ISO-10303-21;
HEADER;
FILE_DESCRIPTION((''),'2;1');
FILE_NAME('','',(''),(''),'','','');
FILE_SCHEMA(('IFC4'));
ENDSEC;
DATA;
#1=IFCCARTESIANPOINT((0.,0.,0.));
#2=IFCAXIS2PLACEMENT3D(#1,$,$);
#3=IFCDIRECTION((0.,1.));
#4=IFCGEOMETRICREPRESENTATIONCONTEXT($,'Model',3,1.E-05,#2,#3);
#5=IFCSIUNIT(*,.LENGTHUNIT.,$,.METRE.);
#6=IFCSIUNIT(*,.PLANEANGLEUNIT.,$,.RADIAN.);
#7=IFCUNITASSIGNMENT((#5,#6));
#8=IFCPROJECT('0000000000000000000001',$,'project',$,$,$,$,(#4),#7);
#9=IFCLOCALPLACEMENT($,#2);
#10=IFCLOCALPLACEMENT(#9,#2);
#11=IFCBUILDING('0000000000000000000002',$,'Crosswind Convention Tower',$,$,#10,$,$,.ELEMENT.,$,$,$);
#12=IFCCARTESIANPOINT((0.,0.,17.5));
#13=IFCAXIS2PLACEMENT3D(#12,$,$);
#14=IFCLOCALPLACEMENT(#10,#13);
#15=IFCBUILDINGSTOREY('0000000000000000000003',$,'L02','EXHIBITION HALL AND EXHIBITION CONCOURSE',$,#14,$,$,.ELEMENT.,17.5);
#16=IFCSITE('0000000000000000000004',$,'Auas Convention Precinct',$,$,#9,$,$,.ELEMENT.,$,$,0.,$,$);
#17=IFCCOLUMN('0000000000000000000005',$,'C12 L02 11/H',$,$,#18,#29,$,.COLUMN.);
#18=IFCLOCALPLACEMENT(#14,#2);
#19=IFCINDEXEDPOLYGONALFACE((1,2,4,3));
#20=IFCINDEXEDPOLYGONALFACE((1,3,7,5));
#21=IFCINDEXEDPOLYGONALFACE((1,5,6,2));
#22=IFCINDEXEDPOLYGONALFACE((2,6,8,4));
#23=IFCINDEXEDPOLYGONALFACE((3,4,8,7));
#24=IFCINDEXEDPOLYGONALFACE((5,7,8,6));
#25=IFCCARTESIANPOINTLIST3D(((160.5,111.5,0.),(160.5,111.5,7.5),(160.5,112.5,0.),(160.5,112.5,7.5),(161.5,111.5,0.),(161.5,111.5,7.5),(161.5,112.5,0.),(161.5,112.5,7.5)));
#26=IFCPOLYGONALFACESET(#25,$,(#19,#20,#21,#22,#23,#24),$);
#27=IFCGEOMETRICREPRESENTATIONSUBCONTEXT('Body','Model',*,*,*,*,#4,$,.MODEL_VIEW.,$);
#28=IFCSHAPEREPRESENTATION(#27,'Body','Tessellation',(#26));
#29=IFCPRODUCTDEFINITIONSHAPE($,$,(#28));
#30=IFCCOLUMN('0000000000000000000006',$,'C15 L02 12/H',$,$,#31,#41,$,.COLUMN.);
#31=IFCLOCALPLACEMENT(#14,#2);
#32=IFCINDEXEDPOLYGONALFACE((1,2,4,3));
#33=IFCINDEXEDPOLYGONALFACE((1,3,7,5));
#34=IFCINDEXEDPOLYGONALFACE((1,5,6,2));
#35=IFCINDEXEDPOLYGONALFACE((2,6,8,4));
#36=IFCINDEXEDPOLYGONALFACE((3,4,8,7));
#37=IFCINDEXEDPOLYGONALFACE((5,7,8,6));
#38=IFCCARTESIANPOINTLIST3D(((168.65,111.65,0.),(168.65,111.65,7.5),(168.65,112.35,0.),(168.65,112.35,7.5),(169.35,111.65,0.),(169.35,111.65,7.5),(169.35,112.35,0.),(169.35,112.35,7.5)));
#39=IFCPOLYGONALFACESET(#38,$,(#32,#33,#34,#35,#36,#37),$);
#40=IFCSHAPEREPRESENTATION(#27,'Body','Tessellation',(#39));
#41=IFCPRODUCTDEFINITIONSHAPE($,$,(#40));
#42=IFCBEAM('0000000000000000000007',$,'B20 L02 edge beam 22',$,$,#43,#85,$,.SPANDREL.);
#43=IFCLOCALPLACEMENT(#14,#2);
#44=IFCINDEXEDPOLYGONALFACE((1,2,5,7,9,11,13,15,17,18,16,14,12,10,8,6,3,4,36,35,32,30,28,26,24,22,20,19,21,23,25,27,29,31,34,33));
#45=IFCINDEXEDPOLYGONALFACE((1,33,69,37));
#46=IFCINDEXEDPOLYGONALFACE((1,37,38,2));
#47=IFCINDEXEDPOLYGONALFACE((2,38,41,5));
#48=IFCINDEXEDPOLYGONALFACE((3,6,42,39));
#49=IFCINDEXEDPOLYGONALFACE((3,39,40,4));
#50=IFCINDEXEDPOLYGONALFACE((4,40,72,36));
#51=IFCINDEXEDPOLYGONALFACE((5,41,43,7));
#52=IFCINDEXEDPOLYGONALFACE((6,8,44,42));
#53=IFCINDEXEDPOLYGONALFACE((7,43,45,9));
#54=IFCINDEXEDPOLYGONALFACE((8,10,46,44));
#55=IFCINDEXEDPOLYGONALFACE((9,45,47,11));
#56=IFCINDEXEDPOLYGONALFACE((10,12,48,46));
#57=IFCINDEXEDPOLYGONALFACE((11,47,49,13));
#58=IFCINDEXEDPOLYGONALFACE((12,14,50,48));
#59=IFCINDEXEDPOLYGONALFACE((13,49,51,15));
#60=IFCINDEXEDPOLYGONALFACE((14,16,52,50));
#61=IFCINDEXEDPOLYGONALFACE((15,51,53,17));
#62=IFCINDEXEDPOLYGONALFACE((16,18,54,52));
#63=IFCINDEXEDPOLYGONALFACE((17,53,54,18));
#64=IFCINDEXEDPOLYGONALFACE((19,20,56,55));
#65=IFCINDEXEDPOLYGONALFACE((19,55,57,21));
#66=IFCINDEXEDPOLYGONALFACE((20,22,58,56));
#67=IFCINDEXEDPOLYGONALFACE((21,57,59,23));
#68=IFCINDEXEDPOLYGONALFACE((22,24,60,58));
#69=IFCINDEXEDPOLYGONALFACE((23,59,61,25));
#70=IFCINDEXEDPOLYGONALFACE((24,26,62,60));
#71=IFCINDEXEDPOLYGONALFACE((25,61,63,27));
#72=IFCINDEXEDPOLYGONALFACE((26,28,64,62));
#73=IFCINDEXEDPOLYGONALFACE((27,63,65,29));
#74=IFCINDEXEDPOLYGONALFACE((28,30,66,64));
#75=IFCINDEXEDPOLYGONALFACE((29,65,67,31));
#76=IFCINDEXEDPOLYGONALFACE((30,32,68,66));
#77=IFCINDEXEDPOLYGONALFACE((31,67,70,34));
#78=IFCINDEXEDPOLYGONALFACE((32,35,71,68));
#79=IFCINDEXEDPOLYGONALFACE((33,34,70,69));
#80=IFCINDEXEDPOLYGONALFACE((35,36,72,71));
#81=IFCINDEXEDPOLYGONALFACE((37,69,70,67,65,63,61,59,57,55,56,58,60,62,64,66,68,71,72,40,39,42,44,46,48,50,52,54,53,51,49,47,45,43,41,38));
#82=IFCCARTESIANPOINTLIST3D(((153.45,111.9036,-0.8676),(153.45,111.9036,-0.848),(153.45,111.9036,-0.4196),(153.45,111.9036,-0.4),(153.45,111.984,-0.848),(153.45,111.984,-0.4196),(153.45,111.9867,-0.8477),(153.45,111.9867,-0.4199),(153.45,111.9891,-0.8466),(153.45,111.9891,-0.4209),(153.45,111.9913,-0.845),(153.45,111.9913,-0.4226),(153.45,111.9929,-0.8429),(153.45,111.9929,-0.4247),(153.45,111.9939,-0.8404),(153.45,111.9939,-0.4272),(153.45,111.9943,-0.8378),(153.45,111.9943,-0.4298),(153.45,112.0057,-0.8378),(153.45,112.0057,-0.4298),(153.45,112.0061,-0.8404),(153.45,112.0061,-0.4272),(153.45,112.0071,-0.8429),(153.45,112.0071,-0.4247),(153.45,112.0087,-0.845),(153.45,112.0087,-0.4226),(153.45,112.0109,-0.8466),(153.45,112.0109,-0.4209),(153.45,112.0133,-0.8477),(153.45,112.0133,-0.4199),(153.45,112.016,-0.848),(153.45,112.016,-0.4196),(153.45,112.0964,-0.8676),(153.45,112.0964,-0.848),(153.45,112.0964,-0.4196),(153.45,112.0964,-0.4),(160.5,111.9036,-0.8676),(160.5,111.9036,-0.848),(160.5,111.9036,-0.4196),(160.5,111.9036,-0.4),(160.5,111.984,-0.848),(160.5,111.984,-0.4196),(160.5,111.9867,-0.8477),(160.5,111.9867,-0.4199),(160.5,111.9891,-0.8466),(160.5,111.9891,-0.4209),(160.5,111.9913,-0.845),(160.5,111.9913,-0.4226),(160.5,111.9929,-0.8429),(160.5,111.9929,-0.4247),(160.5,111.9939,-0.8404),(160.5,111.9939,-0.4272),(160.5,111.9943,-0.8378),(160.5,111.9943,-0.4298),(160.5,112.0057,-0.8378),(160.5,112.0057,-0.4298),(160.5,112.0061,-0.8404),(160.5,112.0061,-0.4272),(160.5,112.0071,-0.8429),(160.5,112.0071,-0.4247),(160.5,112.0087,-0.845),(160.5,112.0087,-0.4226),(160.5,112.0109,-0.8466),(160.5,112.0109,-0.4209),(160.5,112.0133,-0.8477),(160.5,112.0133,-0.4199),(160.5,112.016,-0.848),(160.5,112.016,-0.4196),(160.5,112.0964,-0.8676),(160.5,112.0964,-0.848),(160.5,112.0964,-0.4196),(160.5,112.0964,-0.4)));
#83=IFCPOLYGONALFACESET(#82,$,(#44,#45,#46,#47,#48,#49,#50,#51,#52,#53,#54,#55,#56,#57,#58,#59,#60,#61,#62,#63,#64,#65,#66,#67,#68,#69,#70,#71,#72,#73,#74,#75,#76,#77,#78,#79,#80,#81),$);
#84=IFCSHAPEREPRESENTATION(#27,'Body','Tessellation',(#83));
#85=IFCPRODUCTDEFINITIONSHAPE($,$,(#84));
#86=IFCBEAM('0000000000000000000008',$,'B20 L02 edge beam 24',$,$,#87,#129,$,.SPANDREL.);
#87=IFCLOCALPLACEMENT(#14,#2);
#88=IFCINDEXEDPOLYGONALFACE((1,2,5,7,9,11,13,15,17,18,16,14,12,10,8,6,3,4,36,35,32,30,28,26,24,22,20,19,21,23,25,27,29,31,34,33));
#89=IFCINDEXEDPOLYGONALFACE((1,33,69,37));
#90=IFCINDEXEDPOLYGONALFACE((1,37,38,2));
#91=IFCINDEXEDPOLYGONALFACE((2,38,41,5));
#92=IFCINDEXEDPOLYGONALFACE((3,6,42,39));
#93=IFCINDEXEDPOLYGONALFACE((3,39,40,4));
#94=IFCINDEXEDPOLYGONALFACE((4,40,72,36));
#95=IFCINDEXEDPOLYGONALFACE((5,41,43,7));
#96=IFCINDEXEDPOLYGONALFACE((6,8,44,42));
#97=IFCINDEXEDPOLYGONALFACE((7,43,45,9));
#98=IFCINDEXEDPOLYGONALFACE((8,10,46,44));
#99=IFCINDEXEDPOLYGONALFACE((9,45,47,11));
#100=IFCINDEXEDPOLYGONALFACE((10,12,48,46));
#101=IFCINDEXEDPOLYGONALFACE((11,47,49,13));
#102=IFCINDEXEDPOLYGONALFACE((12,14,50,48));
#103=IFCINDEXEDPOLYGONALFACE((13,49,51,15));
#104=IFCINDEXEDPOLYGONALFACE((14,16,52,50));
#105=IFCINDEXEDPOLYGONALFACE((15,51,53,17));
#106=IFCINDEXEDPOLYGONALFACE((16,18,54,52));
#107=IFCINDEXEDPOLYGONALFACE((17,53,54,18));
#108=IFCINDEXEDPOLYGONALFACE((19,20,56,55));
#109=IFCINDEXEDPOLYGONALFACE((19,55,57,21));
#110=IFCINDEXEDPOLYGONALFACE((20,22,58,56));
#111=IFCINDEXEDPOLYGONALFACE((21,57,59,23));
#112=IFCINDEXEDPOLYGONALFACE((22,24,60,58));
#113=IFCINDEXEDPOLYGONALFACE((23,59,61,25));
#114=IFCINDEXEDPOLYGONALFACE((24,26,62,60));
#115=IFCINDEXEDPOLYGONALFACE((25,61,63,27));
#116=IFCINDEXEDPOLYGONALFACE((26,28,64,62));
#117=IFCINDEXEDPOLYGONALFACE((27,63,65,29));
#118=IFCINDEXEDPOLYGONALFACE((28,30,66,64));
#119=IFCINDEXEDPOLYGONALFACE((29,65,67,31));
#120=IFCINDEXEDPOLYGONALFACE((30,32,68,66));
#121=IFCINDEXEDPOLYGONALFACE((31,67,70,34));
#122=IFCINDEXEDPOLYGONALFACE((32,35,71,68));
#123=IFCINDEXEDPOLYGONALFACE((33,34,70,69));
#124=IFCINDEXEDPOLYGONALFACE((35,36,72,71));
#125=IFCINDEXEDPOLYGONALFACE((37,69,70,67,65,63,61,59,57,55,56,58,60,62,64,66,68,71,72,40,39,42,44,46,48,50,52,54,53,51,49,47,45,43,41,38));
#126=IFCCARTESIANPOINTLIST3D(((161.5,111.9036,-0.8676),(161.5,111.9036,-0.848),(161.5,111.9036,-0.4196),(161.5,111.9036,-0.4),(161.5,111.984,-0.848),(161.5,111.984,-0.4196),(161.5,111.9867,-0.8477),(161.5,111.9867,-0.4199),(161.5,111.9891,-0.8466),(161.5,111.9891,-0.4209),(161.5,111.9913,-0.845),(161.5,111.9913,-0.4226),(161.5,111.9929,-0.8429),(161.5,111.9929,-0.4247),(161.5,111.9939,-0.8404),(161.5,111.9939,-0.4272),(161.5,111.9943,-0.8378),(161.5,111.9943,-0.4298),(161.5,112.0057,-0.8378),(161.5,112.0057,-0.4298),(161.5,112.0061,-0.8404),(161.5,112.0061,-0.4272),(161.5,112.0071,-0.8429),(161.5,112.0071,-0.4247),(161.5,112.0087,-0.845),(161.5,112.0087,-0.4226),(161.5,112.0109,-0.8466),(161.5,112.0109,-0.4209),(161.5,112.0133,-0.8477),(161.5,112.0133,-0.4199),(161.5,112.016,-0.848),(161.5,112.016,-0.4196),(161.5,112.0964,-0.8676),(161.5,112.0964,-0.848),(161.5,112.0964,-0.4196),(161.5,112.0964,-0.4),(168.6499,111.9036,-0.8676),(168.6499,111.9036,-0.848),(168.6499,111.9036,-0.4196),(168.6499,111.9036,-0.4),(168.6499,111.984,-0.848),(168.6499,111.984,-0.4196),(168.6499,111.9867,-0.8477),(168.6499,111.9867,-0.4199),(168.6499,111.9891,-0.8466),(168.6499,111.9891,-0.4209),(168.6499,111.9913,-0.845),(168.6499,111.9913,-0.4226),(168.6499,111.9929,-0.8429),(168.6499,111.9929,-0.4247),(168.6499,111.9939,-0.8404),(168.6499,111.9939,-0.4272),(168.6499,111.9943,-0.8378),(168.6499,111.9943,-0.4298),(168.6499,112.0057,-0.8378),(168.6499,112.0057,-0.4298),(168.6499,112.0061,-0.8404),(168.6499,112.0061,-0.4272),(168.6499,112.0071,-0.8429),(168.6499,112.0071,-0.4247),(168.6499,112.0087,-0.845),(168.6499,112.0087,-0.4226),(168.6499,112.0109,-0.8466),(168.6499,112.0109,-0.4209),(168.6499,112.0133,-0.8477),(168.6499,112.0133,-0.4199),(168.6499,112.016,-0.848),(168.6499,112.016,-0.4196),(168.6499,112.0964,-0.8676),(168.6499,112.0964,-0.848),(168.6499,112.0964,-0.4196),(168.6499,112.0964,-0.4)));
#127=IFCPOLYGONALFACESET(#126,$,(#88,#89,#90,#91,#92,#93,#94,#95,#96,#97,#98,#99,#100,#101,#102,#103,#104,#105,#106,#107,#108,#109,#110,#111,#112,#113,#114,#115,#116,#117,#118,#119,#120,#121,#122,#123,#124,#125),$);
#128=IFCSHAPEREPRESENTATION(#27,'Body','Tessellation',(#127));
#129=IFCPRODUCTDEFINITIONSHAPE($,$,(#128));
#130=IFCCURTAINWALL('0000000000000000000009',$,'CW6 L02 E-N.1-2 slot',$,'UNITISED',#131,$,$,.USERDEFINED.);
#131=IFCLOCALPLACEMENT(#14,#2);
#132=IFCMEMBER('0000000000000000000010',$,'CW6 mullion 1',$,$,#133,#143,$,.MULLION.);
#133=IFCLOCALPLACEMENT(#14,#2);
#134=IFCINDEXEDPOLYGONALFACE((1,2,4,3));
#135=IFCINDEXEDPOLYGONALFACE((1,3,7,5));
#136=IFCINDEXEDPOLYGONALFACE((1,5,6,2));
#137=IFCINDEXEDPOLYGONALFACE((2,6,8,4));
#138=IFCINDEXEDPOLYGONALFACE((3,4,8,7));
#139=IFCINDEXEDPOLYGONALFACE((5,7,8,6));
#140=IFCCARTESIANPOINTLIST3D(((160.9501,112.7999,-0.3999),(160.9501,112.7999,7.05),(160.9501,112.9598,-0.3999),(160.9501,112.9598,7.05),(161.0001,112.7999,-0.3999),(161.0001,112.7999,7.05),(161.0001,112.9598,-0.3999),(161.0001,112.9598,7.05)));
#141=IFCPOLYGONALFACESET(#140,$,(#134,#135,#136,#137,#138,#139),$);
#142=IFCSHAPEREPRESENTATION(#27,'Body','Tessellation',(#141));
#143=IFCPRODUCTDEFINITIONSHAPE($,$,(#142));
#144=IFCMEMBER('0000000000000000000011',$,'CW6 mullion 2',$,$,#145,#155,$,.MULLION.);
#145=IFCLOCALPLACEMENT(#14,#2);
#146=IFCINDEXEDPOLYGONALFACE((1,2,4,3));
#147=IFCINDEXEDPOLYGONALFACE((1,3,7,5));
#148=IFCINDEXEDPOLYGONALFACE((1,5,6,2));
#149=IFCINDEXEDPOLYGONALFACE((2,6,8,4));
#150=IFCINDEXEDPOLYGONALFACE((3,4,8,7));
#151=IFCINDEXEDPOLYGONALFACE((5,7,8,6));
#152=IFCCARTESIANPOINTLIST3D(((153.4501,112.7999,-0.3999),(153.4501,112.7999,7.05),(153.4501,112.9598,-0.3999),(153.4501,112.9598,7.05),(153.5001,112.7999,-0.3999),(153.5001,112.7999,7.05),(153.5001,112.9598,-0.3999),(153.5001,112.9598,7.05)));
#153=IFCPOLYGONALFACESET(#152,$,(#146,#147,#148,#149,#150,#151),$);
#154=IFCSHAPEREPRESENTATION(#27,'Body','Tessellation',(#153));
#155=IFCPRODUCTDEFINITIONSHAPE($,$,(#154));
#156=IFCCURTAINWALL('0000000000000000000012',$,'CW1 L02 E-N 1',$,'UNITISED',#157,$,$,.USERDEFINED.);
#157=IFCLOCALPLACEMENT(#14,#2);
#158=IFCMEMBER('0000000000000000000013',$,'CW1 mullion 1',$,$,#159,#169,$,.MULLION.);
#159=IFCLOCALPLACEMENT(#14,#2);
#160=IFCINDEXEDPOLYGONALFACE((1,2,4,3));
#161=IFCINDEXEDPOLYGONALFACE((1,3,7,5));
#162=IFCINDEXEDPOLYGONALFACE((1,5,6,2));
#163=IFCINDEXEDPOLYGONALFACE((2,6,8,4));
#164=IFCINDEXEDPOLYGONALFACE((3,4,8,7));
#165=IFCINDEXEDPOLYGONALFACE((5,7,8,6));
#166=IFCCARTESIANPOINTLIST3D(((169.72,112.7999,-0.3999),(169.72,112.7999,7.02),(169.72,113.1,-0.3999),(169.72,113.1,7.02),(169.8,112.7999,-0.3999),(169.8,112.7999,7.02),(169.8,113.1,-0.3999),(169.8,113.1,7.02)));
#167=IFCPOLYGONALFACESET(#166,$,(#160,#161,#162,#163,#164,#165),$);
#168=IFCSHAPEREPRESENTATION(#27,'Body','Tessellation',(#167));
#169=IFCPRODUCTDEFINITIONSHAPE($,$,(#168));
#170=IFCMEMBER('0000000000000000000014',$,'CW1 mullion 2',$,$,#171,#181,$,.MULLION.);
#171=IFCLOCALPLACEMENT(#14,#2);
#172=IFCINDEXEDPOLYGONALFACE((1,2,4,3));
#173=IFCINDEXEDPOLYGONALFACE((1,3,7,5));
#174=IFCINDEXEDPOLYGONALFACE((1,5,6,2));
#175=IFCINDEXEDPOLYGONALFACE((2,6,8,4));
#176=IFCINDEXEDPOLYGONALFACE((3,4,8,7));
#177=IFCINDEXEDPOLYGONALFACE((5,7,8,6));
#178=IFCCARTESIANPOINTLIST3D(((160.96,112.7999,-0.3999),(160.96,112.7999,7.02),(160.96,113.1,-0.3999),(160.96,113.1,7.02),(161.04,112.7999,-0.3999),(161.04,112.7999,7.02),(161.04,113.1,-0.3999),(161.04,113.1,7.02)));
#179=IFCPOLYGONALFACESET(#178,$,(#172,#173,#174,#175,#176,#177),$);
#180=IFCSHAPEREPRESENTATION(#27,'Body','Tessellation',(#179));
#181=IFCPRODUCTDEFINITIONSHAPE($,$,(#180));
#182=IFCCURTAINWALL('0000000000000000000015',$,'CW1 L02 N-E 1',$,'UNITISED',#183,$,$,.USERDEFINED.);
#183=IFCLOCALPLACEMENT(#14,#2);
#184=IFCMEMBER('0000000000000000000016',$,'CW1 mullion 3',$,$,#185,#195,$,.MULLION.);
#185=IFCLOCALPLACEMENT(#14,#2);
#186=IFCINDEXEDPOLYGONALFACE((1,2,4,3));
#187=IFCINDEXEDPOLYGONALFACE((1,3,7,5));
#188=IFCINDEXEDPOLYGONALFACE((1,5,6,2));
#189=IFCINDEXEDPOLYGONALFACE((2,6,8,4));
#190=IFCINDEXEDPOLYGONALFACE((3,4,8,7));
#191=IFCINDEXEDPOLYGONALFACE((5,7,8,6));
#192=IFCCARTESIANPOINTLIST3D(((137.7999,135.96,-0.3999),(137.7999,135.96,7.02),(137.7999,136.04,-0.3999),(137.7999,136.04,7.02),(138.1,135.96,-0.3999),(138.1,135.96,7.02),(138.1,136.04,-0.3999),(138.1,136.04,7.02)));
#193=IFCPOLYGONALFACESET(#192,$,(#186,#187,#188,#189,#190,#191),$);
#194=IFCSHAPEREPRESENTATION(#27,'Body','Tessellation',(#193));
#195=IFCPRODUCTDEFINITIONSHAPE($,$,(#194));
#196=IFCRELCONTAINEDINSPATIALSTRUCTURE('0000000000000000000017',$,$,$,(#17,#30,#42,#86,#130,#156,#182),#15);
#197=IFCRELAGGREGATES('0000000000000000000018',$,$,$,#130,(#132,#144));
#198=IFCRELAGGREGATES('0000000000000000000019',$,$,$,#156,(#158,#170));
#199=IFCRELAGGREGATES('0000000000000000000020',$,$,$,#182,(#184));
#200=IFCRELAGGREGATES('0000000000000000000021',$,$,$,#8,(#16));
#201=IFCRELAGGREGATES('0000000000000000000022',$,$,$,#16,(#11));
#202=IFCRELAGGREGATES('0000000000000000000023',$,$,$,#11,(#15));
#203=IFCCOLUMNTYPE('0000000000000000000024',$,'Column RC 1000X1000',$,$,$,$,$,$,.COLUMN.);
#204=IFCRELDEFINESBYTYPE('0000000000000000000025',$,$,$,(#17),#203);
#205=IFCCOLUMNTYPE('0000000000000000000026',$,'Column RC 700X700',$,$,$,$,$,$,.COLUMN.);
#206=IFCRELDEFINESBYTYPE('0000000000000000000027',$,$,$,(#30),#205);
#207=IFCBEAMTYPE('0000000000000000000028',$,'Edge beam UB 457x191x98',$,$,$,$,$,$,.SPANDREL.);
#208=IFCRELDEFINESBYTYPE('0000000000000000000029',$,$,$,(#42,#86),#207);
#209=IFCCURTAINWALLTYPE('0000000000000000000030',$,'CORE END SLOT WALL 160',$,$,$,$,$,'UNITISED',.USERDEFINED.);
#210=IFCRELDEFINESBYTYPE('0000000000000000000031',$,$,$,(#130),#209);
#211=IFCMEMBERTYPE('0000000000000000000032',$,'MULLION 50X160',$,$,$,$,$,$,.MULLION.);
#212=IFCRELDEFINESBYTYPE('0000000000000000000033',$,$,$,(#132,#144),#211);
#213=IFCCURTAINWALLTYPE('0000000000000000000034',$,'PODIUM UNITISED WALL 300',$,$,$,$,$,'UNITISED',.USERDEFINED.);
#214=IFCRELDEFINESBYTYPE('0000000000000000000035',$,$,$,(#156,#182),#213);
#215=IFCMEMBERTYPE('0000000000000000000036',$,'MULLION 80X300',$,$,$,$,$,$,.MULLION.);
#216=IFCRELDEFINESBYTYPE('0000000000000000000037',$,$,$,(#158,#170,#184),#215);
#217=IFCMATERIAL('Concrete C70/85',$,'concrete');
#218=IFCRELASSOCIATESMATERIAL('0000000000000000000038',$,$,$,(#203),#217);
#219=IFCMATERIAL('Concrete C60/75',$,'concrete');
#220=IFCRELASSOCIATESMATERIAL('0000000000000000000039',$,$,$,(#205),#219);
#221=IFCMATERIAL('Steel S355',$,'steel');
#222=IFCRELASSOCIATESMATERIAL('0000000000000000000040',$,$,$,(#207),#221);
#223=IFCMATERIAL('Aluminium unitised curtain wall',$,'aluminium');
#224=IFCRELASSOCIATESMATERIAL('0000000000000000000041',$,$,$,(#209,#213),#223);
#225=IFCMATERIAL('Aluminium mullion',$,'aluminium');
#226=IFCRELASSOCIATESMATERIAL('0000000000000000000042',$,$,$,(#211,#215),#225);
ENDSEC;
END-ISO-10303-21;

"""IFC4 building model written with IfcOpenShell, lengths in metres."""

from ifc_helpers import new_model, si_unit, direction, frame, origin, origin_2d, place, context, subcontext, project, spatial, rectangle, i_section, extrude, material, material_profile, profile_set, type_object, element, aggregate, save


model = new_model("IFC4")

# Units and contexts
model_context = context("Model", 3, precision=1e-05, world=origin(), true_north=direction((0.0, 1.0)))
body_context = subcontext(model_context, "Body", "Model", "MODEL_VIEW")
ifc_project = project(units=[si_unit("LENGTHUNIT", "METRE"), si_unit("PLANEANGLEUNIT", "RADIAN")], contexts=[model_context])

# Site, building, storey
site_placement = place(None, origin())
site = spatial("IfcSite", under=ifc_project, at=site_placement, Name="Auas Convention Precinct", CompositionType="ELEMENT", RefElevation=0.0)
building_placement = place(site_placement, origin())
building = spatial("IfcBuilding", under=site, at=building_placement, Name="Crosswind Convention Tower", CompositionType="ELEMENT")
storey_placement = place(building_placement, frame((0.0, 0.0, 17.5)))
storey = spatial("IfcBuildingStorey", under=building, at=storey_placement, Name="L02", Description="EXHIBITION HALL AND EXHIBITION CONCOURSE", CompositionType="ELEMENT", Elevation=17.5)

# Columns
ifc_material_1 = material(Name="Concrete C70/85", Category="concrete")
ifc_material_profile_1 = material_profile(ifc_material_1, rectangle(XDim=1.0, YDim=1.0, at=origin_2d()), Name="RC 1000X1000")
ifc_profile_set_1 = profile_set([ifc_material_profile_1], Name="Concrete C70/85")
column_type_1 = type_object("IfcColumnType", Name="Column RC 1000X1000", PredefinedType="COLUMN", material=ifc_profile_set_1)
column_1_placement = place(storey_placement, frame((161.0, 112.0, 0.0), z_axis=(0.0, 0.0, 1.0), x_axis=(1.0, 0.0, 0.0)))
element("IfcColumn", 1, at=column_1_placement, inside=storey, type_object=column_type_1, Name="C12 L02 11/H", PredefinedType="COLUMN", context=body_context, shape_type="SweptSolid", body=[
    extrude(rectangle(XDim=1.0, YDim=1.0, at=origin_2d()), origin(), (0.0, 0.0, 1.0), 7.5),
])
ifc_material_2 = material(Name="Concrete C60/75", Category="concrete")
ifc_material_profile_2 = material_profile(ifc_material_2, rectangle(XDim=0.7, YDim=0.7, at=origin_2d()), Name="RC 700X700")
ifc_profile_set_2 = profile_set([ifc_material_profile_2], Name="Concrete C60/75")
column_type_2 = type_object("IfcColumnType", Name="Column RC 700X700", PredefinedType="COLUMN", material=ifc_profile_set_2)
column_2_placement = place(storey_placement, frame((169.0, 112.0, 0.0), z_axis=(0.0, 0.0, 1.0), x_axis=(1.0, 0.0, 0.0)))
element("IfcColumn", 2, at=column_2_placement, inside=storey, type_object=column_type_2, Name="C15 L02 12/H", PredefinedType="COLUMN", context=body_context, shape_type="SweptSolid", body=[
    extrude(rectangle(XDim=0.7, YDim=0.7, at=origin_2d()), origin(), (0.0, 0.0, 1.0), 7.5),
])

# Beams
ifc_material_3 = material(Name="Steel S355", Category="steel")
ifc_material_profile_3 = material_profile(ifc_material_3, i_section(OverallWidth=0.1929, OverallDepth=0.4675, WebThickness=0.0115, FlangeThickness=0.0195, FilletRadius=0.0103, at=origin_2d()), Name="UB 457x191x98")
ifc_profile_set_3 = profile_set([ifc_material_profile_3], Name="Steel S355")
beam_type_1 = type_object("IfcBeamType", Name="Edge beam UB 457x191x98", PredefinedType="SPANDREL", material=ifc_profile_set_3)
beam_1_placement = place(storey_placement, frame((153.45, 112.0, -0.6338), z_axis=(1.0, 0.0, 0.0), x_axis=(0.0, 1.0, 0.0)))
element("IfcBeam", 3, at=beam_1_placement, inside=storey, type_object=beam_type_1, Name="B20 L02 edge beam 22", PredefinedType="SPANDREL", context=body_context, shape_type="SweptSolid", body=[
    extrude(i_section(OverallWidth=0.1929, OverallDepth=0.4675, WebThickness=0.0115, FlangeThickness=0.0195, FilletRadius=0.0103, at=origin_2d()), origin(), (0.0, 0.0, 1.0), 7.05),
])
beam_2_placement = place(storey_placement, frame((161.5, 112.0, -0.6338), z_axis=(1.0, 0.0, 0.0), x_axis=(0.0, 1.0, 0.0)))
element("IfcBeam", 4, at=beam_2_placement, inside=storey, type_object=beam_type_1, Name="B20 L02 edge beam 24", PredefinedType="SPANDREL", context=body_context, shape_type="SweptSolid", body=[
    extrude(i_section(OverallWidth=0.1929, OverallDepth=0.4675, WebThickness=0.0115, FlangeThickness=0.0195, FilletRadius=0.0103, at=origin_2d()), origin(), (0.0, 0.0, 1.0), 7.1499),
])

# Curtain walls, members
ifc_material_4 = material(Name="Aluminium unitised curtain wall", Category="aluminium")
curtain_wall_type_1 = type_object("IfcCurtainWallType", Name="CORE END SLOT WALL 160", ElementType="UNITISED", PredefinedType="USERDEFINED", material=ifc_material_4)
curtain_wall_1_placement = place(storey_placement, origin())
curtain_wall_1 = element("IfcCurtainWall", 5, at=curtain_wall_1_placement, inside=storey, type_object=curtain_wall_type_1, Name="CW6 L02 E-N.1-2 slot", ObjectType="UNITISED", PredefinedType="USERDEFINED")
ifc_material_5 = material(Name="Aluminium mullion", Category="aluminium")
ifc_material_profile_4 = material_profile(ifc_material_5, rectangle(XDim=0.1599, YDim=0.05, at=origin_2d()), Name="AL 160X50")
ifc_profile_set_4 = profile_set([ifc_material_profile_4], Name="Aluminium mullion")
member_type_1 = type_object("IfcMemberType", Name="MULLION 50X160", PredefinedType="MULLION", material=ifc_profile_set_4)
member_1_placement = place(storey_placement, frame((160.9751, 112.8799, -0.3999), z_axis=(0.0, 0.0, 1.0), x_axis=(0.0, 1.0, 0.0)))
member_1 = element("IfcMember", 6, at=member_1_placement, type_object=member_type_1, Name="CW6 mullion 1", PredefinedType="MULLION", context=body_context, shape_type="SweptSolid", body=[
    extrude(rectangle(XDim=0.1599, YDim=0.05, at=origin_2d()), origin(), (0.0, 0.0, 1.0), 7.45),
])
member_2_placement = place(storey_placement, frame((153.4751, 112.8799, -0.3999), z_axis=(0.0, 0.0, 1.0), x_axis=(0.0, 1.0, 0.0)))
member_2 = element("IfcMember", 7, at=member_2_placement, type_object=member_type_1, Name="CW6 mullion 2", PredefinedType="MULLION", context=body_context, shape_type="SweptSolid", body=[
    extrude(rectangle(XDim=0.1599, YDim=0.05, at=origin_2d()), origin(), (0.0, 0.0, 1.0), 7.45),
])
curtain_wall_type_2 = type_object("IfcCurtainWallType", Name="PODIUM UNITISED WALL 300", ElementType="UNITISED", PredefinedType="USERDEFINED", material=ifc_material_4)
curtain_wall_2_placement = place(storey_placement, origin())
curtain_wall_2 = element("IfcCurtainWall", 8, at=curtain_wall_2_placement, inside=storey, type_object=curtain_wall_type_2, Name="CW1 L02 E-N 1", ObjectType="UNITISED", PredefinedType="USERDEFINED")
ifc_material_profile_5 = material_profile(ifc_material_5, rectangle(XDim=0.3, YDim=0.0801, at=origin_2d()), Name="AL 300X80")
ifc_profile_set_5 = profile_set([ifc_material_profile_5], Name="Aluminium mullion")
member_type_2 = type_object("IfcMemberType", Name="MULLION 80X300", PredefinedType="MULLION", material=ifc_profile_set_5)
member_3_placement = place(storey_placement, frame((169.76, 112.95, -0.3999), z_axis=(0.0, 0.0, 1.0), x_axis=(0.0, 1.0, 0.0)))
member_3 = element("IfcMember", 9, at=member_3_placement, type_object=member_type_2, Name="CW1 mullion 1", PredefinedType="MULLION", context=body_context, shape_type="SweptSolid", body=[
    extrude(rectangle(XDim=0.3, YDim=0.0801, at=origin_2d()), origin(), (0.0, 0.0, 1.0), 7.4199),
])
member_4_placement = place(storey_placement, frame((161.0, 112.95, -0.3999), z_axis=(0.0, 0.0, 1.0), x_axis=(0.0, 1.0, 0.0)))
member_4 = element("IfcMember", 10, at=member_4_placement, type_object=member_type_2, Name="CW1 mullion 2", PredefinedType="MULLION", context=body_context, shape_type="SweptSolid", body=[
    extrude(rectangle(XDim=0.3, YDim=0.0801, at=origin_2d()), origin(), (0.0, 0.0, 1.0), 7.4199),
])
curtain_wall_3_placement = place(storey_placement, origin())
curtain_wall_3 = element("IfcCurtainWall", 11, at=curtain_wall_3_placement, inside=storey, type_object=curtain_wall_type_2, Name="CW1 L02 N-E 1", ObjectType="UNITISED", PredefinedType="USERDEFINED")
member_5_placement = place(storey_placement, frame((137.95, 136.0, -0.3999), z_axis=(0.0, 0.0, 1.0), x_axis=(1.0, 0.0, 0.0)))
member_5 = element("IfcMember", 12, at=member_5_placement, type_object=member_type_2, Name="CW1 mullion 3", PredefinedType="MULLION", context=body_context, shape_type="SweptSolid", body=[
    extrude(rectangle(XDim=0.3, YDim=0.0801, at=origin_2d()), origin(), (0.0, 0.0, 1.0), 7.4199),
])

aggregate(curtain_wall_1, [member_1, member_2])

aggregate(curtain_wall_2, [member_3, member_4])
aggregate(curtain_wall_3, [member_5])

save(model, "model.ifc")
